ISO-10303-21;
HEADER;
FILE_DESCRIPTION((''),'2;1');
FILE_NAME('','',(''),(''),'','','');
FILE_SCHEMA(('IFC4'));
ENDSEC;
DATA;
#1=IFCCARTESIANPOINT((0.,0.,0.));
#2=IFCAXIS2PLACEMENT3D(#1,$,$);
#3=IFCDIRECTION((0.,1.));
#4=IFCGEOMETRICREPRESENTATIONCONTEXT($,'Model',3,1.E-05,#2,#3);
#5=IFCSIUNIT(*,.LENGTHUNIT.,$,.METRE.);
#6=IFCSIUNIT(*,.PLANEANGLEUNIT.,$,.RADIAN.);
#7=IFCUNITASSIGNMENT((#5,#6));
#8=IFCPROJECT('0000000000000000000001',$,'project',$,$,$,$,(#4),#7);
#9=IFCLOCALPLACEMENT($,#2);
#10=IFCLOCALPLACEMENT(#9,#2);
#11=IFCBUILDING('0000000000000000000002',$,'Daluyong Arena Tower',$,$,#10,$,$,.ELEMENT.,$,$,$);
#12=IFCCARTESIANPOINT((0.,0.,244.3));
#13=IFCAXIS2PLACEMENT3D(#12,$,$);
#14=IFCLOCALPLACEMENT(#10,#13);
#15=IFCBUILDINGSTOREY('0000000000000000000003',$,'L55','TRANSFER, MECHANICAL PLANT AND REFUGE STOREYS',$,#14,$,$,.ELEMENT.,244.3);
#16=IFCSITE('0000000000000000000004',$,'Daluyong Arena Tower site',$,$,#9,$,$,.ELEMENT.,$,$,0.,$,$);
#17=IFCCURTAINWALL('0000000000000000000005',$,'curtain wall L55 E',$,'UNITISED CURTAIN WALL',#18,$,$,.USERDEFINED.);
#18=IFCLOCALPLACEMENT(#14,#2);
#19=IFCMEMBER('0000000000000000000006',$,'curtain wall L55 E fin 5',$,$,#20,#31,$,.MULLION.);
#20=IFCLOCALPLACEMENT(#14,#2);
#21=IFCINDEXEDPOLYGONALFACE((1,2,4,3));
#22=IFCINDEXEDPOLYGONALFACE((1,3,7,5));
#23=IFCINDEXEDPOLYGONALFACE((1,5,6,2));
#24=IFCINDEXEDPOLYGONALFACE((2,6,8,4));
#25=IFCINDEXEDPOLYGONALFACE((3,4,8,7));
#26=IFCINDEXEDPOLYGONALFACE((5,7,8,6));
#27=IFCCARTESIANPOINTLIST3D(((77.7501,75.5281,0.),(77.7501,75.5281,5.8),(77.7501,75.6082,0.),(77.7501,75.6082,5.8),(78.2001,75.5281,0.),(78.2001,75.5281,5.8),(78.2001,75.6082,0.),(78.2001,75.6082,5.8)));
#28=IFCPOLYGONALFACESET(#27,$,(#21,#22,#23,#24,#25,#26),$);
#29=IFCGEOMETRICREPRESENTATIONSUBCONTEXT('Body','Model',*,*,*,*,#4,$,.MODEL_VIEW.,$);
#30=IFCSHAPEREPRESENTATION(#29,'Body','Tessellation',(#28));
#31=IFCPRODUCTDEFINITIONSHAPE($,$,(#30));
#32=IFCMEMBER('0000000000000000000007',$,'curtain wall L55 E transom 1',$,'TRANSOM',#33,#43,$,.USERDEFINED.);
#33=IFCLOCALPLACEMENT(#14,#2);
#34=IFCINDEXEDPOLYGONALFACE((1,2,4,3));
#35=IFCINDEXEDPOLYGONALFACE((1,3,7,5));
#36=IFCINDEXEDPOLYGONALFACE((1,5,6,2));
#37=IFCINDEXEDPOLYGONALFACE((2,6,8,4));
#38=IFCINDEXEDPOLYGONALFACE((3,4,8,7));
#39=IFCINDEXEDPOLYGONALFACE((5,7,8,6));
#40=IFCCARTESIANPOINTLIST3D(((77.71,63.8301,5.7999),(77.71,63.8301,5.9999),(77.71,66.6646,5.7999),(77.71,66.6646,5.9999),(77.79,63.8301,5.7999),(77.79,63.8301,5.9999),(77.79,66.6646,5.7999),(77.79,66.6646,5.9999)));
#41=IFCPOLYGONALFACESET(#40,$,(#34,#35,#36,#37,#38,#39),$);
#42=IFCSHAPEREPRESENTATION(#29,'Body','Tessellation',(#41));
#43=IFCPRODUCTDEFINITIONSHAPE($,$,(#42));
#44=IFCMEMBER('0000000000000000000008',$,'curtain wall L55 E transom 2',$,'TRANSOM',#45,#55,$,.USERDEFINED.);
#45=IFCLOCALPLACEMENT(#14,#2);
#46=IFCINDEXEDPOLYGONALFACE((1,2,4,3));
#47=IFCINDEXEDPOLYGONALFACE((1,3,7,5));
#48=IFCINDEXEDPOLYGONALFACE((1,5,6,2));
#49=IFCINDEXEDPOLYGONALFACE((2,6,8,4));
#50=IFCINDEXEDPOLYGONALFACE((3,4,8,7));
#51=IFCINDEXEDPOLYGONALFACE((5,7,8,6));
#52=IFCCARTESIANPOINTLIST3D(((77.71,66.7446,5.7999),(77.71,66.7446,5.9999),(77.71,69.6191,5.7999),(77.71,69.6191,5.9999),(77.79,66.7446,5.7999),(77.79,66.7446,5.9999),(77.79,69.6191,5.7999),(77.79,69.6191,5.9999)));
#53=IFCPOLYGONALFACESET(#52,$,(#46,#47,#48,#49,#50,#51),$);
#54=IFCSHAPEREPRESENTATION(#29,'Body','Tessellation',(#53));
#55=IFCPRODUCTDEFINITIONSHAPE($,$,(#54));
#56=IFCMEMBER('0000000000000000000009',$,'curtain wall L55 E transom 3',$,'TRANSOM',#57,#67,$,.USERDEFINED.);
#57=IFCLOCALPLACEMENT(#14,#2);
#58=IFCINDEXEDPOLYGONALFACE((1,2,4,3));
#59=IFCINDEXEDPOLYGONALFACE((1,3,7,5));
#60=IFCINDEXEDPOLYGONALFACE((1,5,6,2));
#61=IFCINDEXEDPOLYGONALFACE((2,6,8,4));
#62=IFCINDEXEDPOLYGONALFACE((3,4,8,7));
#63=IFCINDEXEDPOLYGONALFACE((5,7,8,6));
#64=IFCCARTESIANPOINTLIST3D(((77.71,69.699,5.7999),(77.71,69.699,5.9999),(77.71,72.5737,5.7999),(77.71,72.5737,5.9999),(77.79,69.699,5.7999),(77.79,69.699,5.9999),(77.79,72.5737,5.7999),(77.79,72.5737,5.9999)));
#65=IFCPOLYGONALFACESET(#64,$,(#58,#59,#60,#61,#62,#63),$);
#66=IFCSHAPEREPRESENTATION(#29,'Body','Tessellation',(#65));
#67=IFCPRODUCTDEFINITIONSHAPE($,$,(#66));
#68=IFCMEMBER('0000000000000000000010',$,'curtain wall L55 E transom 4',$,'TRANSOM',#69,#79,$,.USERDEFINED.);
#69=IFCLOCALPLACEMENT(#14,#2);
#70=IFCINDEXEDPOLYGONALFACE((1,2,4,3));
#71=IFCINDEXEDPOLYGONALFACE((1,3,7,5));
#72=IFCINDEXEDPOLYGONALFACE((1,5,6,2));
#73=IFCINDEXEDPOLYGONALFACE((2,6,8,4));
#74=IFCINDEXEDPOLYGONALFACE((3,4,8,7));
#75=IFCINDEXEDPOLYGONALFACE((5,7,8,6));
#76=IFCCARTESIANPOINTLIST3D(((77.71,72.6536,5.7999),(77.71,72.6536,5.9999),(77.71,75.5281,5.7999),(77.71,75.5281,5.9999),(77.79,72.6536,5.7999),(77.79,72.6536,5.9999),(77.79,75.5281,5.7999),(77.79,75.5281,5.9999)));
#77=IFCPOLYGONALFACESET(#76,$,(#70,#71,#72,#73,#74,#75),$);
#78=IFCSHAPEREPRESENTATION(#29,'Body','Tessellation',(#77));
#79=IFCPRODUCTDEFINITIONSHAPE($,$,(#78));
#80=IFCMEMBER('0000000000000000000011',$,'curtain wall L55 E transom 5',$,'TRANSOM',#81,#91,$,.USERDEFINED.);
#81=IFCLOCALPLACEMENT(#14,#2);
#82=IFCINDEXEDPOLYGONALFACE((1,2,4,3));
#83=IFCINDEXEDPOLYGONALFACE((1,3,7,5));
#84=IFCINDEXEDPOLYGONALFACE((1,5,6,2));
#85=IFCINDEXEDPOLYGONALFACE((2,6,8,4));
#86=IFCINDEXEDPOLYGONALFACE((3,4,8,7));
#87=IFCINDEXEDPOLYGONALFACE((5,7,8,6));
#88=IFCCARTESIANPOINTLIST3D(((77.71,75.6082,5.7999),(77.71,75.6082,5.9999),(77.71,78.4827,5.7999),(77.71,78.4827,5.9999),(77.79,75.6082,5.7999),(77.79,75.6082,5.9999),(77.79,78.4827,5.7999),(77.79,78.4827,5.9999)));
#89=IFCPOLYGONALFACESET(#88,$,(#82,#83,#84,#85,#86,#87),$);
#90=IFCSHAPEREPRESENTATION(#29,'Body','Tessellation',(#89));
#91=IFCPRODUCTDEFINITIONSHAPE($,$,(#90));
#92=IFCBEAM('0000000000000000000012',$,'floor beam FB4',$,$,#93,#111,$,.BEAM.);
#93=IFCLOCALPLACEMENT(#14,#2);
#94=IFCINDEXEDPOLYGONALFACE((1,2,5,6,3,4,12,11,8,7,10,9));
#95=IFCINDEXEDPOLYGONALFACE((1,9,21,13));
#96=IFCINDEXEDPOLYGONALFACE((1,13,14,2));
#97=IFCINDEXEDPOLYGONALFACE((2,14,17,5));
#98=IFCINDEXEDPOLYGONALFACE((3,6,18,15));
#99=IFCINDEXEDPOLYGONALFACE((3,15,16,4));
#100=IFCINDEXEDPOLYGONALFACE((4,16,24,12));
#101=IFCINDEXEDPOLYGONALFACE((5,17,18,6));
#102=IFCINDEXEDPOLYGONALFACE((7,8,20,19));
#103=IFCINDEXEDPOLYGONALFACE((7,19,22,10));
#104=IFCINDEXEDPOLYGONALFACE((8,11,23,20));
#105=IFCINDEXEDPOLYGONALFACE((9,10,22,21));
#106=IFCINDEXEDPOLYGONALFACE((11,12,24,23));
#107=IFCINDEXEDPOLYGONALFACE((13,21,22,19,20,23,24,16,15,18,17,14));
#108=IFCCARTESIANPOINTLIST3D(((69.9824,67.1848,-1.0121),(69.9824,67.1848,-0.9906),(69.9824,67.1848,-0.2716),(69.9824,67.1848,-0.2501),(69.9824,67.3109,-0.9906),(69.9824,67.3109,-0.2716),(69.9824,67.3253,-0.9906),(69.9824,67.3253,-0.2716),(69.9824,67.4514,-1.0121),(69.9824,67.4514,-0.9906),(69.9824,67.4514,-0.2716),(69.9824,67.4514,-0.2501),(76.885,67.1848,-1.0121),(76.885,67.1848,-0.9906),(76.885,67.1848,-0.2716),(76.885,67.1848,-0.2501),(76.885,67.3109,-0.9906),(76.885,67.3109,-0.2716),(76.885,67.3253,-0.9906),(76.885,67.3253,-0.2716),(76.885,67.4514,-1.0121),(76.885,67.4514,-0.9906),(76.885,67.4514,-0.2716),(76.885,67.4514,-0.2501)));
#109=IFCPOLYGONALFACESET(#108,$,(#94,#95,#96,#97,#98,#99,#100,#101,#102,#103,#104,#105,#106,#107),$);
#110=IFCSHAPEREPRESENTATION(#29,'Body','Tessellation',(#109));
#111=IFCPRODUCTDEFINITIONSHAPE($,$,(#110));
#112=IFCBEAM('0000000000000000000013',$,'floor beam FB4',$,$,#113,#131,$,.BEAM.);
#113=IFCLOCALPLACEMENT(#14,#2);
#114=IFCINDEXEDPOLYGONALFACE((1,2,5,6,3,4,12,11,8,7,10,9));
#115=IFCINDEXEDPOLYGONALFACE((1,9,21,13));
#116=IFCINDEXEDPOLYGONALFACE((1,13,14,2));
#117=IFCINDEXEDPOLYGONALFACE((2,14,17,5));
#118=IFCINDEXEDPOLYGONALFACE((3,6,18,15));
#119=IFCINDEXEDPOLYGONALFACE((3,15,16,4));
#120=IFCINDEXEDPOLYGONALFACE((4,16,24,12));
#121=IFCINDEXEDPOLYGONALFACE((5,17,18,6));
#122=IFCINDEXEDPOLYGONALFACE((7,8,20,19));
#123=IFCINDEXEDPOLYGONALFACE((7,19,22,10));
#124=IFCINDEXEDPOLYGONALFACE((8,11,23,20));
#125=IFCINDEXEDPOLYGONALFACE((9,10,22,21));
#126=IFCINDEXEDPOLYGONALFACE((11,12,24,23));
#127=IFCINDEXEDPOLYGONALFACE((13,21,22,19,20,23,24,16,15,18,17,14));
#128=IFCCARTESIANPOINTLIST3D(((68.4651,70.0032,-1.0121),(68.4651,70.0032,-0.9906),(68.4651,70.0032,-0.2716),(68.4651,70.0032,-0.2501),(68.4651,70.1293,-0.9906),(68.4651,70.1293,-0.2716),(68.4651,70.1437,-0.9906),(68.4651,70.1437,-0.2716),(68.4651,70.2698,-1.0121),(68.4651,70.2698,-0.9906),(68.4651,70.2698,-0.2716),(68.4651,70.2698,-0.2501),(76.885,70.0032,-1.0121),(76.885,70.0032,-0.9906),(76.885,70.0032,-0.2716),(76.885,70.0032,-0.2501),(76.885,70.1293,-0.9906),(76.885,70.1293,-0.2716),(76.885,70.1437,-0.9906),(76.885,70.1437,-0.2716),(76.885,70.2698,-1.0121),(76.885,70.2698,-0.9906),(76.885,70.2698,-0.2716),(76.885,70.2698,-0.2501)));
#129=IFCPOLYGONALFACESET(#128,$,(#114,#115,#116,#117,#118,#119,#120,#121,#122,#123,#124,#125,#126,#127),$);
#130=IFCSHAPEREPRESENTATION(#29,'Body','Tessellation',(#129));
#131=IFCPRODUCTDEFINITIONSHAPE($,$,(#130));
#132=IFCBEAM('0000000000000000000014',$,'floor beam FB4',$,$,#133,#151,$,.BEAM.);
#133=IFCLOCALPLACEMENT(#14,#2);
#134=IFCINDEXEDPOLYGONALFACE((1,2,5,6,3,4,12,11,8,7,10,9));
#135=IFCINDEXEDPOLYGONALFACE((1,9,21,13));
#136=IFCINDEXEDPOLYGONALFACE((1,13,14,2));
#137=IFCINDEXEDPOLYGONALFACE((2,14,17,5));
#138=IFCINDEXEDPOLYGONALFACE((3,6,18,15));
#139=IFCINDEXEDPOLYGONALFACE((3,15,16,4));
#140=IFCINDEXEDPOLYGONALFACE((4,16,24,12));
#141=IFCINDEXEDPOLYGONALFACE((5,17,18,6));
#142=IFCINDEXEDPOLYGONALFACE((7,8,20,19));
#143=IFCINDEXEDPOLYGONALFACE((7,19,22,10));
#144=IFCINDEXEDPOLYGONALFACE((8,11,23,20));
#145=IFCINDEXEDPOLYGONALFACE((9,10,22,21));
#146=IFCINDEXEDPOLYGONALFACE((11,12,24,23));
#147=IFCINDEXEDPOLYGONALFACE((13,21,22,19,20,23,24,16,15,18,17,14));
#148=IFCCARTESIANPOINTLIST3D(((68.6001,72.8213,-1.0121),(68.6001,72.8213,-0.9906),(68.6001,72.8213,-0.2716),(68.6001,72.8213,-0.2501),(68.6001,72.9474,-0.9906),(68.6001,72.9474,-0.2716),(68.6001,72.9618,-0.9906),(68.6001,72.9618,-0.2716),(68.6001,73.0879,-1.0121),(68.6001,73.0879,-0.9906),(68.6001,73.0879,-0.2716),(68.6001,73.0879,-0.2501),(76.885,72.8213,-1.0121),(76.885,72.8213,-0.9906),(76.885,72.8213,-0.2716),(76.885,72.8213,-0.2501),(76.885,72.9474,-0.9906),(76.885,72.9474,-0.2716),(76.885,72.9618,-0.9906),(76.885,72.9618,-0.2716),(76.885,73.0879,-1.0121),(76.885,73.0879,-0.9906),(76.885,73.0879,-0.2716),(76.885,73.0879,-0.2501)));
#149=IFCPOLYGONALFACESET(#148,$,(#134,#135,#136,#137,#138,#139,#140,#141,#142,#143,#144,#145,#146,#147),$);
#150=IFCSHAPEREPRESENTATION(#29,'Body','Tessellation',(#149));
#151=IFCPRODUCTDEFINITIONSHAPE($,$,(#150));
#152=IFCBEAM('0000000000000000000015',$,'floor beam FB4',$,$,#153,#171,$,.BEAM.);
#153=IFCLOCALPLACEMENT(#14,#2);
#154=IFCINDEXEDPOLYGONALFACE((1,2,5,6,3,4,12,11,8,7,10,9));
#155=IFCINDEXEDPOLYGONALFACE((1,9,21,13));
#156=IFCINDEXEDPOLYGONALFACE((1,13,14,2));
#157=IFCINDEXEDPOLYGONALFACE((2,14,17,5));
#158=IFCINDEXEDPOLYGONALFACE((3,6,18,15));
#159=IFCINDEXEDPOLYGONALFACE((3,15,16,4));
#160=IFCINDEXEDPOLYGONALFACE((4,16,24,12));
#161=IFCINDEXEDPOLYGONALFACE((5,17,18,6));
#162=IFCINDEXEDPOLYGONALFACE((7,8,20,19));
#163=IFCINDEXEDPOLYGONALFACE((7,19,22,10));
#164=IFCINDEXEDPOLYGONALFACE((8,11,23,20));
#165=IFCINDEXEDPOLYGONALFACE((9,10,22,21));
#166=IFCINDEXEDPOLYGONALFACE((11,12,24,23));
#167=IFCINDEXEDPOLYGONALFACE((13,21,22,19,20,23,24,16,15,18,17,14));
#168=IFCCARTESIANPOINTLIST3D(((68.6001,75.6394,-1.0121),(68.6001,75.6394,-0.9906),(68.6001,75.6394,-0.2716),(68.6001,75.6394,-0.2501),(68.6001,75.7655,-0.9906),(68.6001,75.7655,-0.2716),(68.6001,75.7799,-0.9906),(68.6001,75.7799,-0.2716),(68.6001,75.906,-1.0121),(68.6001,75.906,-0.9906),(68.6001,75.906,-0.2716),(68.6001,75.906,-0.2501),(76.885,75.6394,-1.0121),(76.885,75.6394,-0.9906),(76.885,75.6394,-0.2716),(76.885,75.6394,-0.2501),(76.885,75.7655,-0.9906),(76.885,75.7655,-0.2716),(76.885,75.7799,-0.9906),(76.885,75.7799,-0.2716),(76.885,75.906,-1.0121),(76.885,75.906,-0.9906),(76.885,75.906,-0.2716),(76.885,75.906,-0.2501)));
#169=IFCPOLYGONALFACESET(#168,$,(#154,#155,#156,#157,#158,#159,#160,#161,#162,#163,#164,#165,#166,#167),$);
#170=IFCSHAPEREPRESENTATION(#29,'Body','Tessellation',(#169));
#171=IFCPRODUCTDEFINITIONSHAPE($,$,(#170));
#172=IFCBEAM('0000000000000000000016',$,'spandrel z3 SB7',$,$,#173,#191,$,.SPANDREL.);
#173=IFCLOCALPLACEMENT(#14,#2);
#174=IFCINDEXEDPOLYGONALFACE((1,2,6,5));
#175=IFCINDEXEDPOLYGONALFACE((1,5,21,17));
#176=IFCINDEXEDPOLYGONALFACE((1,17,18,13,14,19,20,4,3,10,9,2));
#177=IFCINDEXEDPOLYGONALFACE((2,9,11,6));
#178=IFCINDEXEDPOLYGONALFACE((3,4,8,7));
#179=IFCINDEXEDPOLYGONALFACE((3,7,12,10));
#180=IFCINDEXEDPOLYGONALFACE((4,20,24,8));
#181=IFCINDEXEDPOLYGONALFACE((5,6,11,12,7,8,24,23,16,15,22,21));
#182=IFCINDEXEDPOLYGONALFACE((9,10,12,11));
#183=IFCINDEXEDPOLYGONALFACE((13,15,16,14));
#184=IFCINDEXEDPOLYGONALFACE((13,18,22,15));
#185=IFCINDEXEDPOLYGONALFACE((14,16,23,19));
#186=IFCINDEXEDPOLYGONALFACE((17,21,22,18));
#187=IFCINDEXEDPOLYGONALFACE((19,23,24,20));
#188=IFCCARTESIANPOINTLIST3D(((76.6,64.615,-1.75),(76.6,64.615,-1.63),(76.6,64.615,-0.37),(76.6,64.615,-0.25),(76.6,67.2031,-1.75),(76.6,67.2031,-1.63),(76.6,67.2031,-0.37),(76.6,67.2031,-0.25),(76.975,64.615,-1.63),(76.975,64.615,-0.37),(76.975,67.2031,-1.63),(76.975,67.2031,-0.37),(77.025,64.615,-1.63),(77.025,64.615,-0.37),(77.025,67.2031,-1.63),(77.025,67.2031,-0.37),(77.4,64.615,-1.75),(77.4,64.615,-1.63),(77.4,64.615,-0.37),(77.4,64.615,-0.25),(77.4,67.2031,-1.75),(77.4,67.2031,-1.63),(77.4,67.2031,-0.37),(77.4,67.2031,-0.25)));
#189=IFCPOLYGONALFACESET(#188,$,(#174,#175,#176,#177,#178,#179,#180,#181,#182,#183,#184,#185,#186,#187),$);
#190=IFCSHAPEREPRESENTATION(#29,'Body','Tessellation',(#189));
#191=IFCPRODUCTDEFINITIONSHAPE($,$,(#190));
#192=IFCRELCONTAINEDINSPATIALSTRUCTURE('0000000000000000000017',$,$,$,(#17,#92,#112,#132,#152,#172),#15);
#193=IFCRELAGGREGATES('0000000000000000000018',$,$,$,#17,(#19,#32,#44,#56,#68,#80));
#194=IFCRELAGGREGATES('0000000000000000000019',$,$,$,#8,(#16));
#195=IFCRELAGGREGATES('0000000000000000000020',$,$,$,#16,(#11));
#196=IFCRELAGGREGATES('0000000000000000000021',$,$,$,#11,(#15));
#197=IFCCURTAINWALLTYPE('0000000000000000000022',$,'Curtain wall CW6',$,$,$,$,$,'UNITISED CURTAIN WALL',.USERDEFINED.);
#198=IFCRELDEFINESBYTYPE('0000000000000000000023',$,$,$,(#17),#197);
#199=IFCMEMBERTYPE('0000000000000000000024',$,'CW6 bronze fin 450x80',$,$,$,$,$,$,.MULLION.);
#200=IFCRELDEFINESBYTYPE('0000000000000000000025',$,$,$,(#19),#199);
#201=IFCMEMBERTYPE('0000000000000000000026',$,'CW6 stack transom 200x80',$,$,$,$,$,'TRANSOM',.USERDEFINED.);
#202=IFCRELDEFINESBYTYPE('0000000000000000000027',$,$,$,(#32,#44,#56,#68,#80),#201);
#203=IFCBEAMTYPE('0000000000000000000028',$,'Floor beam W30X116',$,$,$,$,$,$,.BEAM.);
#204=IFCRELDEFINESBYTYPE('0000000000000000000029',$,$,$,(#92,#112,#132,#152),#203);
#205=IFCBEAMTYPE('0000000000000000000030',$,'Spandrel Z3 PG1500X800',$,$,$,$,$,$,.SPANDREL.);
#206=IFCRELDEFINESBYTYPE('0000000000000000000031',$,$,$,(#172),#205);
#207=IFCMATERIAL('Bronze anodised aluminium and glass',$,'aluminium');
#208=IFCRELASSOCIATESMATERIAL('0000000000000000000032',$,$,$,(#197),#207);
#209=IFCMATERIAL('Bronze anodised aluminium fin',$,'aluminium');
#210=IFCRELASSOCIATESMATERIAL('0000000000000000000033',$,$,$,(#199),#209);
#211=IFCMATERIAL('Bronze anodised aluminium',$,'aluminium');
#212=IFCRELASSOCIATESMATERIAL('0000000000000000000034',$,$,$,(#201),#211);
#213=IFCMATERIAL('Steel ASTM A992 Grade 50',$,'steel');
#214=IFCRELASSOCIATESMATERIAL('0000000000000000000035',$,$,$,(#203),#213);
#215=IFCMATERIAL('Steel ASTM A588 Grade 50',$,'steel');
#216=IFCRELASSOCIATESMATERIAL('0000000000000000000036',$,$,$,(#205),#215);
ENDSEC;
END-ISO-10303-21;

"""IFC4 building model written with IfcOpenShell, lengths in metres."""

from ifc_helpers import new_model, si_unit, direction, frame, origin, origin_2d, place, context, subcontext, project, spatial, rectangle, i_section, extrude, material, material_profile, profile_set, type_object, element, aggregate, save


model = new_model("IFC4")

# Units and contexts
model_context = context("Model", 3, precision=1e-05, world=origin(), true_north=direction((0.0, 1.0)))
body_context = subcontext(model_context, "Body", "Model", "MODEL_VIEW")
ifc_project = project(units=[si_unit("LENGTHUNIT", "METRE"), si_unit("PLANEANGLEUNIT", "RADIAN")], contexts=[model_context])

# Site, building, storey
site_placement = place(None, origin())
site = spatial("IfcSite", under=ifc_project, at=site_placement, Name="Daluyong Arena Tower site", CompositionType="ELEMENT", RefElevation=0.0)
building_placement = place(site_placement, origin())
building = spatial("IfcBuilding", under=site, at=building_placement, Name="Daluyong Arena Tower", CompositionType="ELEMENT")
storey_placement = place(building_placement, frame((0.0, 0.0, 244.3)))
storey = spatial("IfcBuildingStorey", under=building, at=storey_placement, Name="L55", Description="TRANSFER, MECHANICAL PLANT AND REFUGE STOREYS", CompositionType="ELEMENT", Elevation=244.3)

# Curtain wall, members
ifc_material_1 = material(Name="Bronze anodised aluminium and glass", Category="aluminium")
curtain_wall_type = type_object("IfcCurtainWallType", Name="Curtain wall CW6", ElementType="UNITISED CURTAIN WALL", PredefinedType="USERDEFINED", material=ifc_material_1)
curtain_wall_placement = place(storey_placement, origin())
curtain_wall = element("IfcCurtainWall", 1, at=curtain_wall_placement, inside=storey, type_object=curtain_wall_type, Name="curtain wall L55 E", ObjectType="UNITISED CURTAIN WALL", PredefinedType="USERDEFINED")
ifc_material_2 = material(Name="Bronze anodised aluminium fin", Category="aluminium")
ifc_material_profile_1 = material_profile(ifc_material_2, rectangle(XDim=0.45, YDim=0.0801, at=origin_2d()))
ifc_profile_set_1 = profile_set([ifc_material_profile_1], Name="Bronze anodised aluminium fin")
member_type_1 = type_object("IfcMemberType", Name="CW6 bronze fin 450x80", PredefinedType="MULLION", material=ifc_profile_set_1)
member_1_placement = place(storey_placement, frame((77.9751, 75.5681, 0.0), z_axis=(0.0, 0.0, 1.0), x_axis=(-1.0, 0.0, 0.0)))
member_1 = element("IfcMember", 2, at=member_1_placement, type_object=member_type_1, Name="curtain wall L55 E fin 5", PredefinedType="MULLION", context=body_context, shape_type="SweptSolid", body=[
    extrude(rectangle(XDim=0.45, YDim=0.0801, at=origin_2d()), origin(), (0.0, 0.0, 1.0), 5.8),
])
ifc_material_3 = material(Name="Bronze anodised aluminium", Category="aluminium")
ifc_material_profile_2 = material_profile(ifc_material_3, rectangle(XDim=0.0801, YDim=0.2, at=origin_2d()))
ifc_profile_set_2 = profile_set([ifc_material_profile_2], Name="Bronze anodised aluminium")
member_type_2 = type_object("IfcMemberType", Name="CW6 stack transom 200x80", ElementType="TRANSOM", PredefinedType="USERDEFINED", material=ifc_profile_set_2)
member_2_placement = place(storey_placement, frame((77.75, 63.8301, 5.8999), z_axis=(0.0, 1.0, 0.0), x_axis=(-1.0, 0.0, 0.0)))
member_2 = element("IfcMember", 3, at=member_2_placement, type_object=member_type_2, Name="curtain wall L55 E transom 1", ObjectType="TRANSOM", PredefinedType="USERDEFINED", context=body_context, shape_type="SweptSolid", body=[
    extrude(rectangle(XDim=0.0801, YDim=0.2, at=origin_2d()), origin(), (0.0, 0.0, 1.0), 2.8345),
])
member_3_placement = place(storey_placement, frame((77.75, 66.7446, 5.8999), z_axis=(0.0, 1.0, 0.0), x_axis=(-1.0, 0.0, 0.0)))
member_3 = element("IfcMember", 4, at=member_3_placement, type_object=member_type_2, Name="curtain wall L55 E transom 2", ObjectType="TRANSOM", PredefinedType="USERDEFINED", context=body_context, shape_type="SweptSolid", body=[
    extrude(rectangle(XDim=0.0801, YDim=0.2, at=origin_2d()), origin(), (0.0, 0.0, 1.0), 2.8745),
])
member_4_placement = place(storey_placement, frame((77.75, 69.699, 5.8999), z_axis=(0.0, 1.0, 0.0), x_axis=(-1.0, 0.0, 0.0)))
member_4 = element("IfcMember", 5, at=member_4_placement, type_object=member_type_2, Name="curtain wall L55 E transom 3", ObjectType="TRANSOM", PredefinedType="USERDEFINED", context=body_context, shape_type="SweptSolid", body=[
    extrude(rectangle(XDim=0.0801, YDim=0.2, at=origin_2d()), origin(), (0.0, 0.0, 1.0), 2.8748),
])
member_5_placement = place(storey_placement, frame((77.75, 72.6536, 5.8999), z_axis=(0.0, 1.0, 0.0), x_axis=(-1.0, 0.0, 0.0)))
member_5 = element("IfcMember", 6, at=member_5_placement, type_object=member_type_2, Name="curtain wall L55 E transom 4", ObjectType="TRANSOM", PredefinedType="USERDEFINED", context=body_context, shape_type="SweptSolid", body=[
    extrude(rectangle(XDim=0.0801, YDim=0.2, at=origin_2d()), origin(), (0.0, 0.0, 1.0), 2.8745),
])
member_6_placement = place(storey_placement, frame((77.75, 75.6082, 5.8999), z_axis=(0.0, 1.0, 0.0), x_axis=(-1.0, 0.0, 0.0)))
member_6 = element("IfcMember", 7, at=member_6_placement, type_object=member_type_2, Name="curtain wall L55 E transom 5", ObjectType="TRANSOM", PredefinedType="USERDEFINED", context=body_context, shape_type="SweptSolid", body=[
    extrude(rectangle(XDim=0.0801, YDim=0.2, at=origin_2d()), origin(), (0.0, 0.0, 1.0), 2.8745),
])

# Beams
ifc_material_4 = material(Name="Steel ASTM A992 Grade 50", Category="steel")
ifc_material_profile_3 = material_profile(ifc_material_4, i_section(OverallWidth=0.2666, OverallDepth=0.762, WebThickness=0.0144, FlangeThickness=0.0215, at=origin_2d()))
ifc_profile_set_3 = profile_set([ifc_material_profile_3], Name="Steel ASTM A992 Grade 50")
beam_type_1 = type_object("IfcBeamType", Name="Floor beam W30X116", PredefinedType="BEAM", material=ifc_profile_set_3)
beam_1_placement = place(storey_placement, frame((76.885, 67.3181, -0.6311), z_axis=(-1.0, 0.0, 0.0), x_axis=(0.0, -1.0, 0.0)))
element("IfcBeam", 8, at=beam_1_placement, inside=storey, type_object=beam_type_1, Name="floor beam FB4", PredefinedType="BEAM", context=body_context, shape_type="SweptSolid", body=[
    extrude(i_section(OverallWidth=0.2666, OverallDepth=0.762, WebThickness=0.0144, FlangeThickness=0.0215, at=origin_2d()), origin(), (0.0, 0.0, 1.0), 6.9026),
])
beam_2_placement = place(storey_placement, frame((76.885, 70.1365, -0.6311), z_axis=(-1.0, 0.0, 0.0), x_axis=(0.0, -1.0, 0.0)))
element("IfcBeam", 9, at=beam_2_placement, inside=storey, type_object=beam_type_1, Name="floor beam FB4", PredefinedType="BEAM", context=body_context, shape_type="SweptSolid", body=[
    extrude(i_section(OverallWidth=0.2666, OverallDepth=0.762, WebThickness=0.0144, FlangeThickness=0.0215, at=origin_2d()), origin(), (0.0, 0.0, 1.0), 8.4199),
])
for number, where, z_axis, x_axis, name in (
    (10, (76.885, 72.9546, -0.6311), (-1.0, 0.0, 0.0), (0.0, -1.0, 0.0), "floor beam FB4"),
    (11, (76.885, 75.7727, -0.6311), (-1.0, 0.0, 0.0), (0.0, -1.0, 0.0), "floor beam FB4"),
):
    element("IfcBeam", number, at=place(storey_placement, frame(where, z_axis=z_axis, x_axis=x_axis)), inside=storey, type_object=beam_type_1, Name=name, PredefinedType="BEAM", context=body_context, shape_type="SweptSolid", body=[
        extrude(i_section(OverallWidth=0.2666, OverallDepth=0.762, WebThickness=0.0144, FlangeThickness=0.0215, at=origin_2d()), origin(), (0.0, 0.0, 1.0), 8.2849),
    ])
ifc_material_5 = material(Name="Steel ASTM A588 Grade 50", Category="steel")
ifc_material_profile_4 = material_profile(ifc_material_5, i_section(OverallWidth=0.8, OverallDepth=1.5, WebThickness=0.05, FlangeThickness=0.12, at=origin_2d()))
ifc_profile_set_4 = profile_set([ifc_material_profile_4], Name="Steel ASTM A588 Grade 50")
beam_type_2 = type_object("IfcBeamType", Name="Spandrel Z3 PG1500X800", PredefinedType="SPANDREL", material=ifc_profile_set_4)
beam_3_placement = place(storey_placement, frame((77.0, 64.615, -1.0), z_axis=(0.0, 1.0, 0.0), x_axis=(-1.0, 0.0, 0.0)))
element("IfcBeam", 12, at=beam_3_placement, inside=storey, type_object=beam_type_2, Name="spandrel z3 SB7", PredefinedType="SPANDREL", context=body_context, shape_type="SweptSolid", body=[
    extrude(i_section(OverallWidth=0.8, OverallDepth=1.5, WebThickness=0.05, FlangeThickness=0.12, at=origin_2d()), origin(), (0.0, 0.0, 1.0), 2.5881),
])

aggregate(curtain_wall, [member_1, member_2, member_3, member_4, member_5, member_6])

save(model, "model.ifc")
